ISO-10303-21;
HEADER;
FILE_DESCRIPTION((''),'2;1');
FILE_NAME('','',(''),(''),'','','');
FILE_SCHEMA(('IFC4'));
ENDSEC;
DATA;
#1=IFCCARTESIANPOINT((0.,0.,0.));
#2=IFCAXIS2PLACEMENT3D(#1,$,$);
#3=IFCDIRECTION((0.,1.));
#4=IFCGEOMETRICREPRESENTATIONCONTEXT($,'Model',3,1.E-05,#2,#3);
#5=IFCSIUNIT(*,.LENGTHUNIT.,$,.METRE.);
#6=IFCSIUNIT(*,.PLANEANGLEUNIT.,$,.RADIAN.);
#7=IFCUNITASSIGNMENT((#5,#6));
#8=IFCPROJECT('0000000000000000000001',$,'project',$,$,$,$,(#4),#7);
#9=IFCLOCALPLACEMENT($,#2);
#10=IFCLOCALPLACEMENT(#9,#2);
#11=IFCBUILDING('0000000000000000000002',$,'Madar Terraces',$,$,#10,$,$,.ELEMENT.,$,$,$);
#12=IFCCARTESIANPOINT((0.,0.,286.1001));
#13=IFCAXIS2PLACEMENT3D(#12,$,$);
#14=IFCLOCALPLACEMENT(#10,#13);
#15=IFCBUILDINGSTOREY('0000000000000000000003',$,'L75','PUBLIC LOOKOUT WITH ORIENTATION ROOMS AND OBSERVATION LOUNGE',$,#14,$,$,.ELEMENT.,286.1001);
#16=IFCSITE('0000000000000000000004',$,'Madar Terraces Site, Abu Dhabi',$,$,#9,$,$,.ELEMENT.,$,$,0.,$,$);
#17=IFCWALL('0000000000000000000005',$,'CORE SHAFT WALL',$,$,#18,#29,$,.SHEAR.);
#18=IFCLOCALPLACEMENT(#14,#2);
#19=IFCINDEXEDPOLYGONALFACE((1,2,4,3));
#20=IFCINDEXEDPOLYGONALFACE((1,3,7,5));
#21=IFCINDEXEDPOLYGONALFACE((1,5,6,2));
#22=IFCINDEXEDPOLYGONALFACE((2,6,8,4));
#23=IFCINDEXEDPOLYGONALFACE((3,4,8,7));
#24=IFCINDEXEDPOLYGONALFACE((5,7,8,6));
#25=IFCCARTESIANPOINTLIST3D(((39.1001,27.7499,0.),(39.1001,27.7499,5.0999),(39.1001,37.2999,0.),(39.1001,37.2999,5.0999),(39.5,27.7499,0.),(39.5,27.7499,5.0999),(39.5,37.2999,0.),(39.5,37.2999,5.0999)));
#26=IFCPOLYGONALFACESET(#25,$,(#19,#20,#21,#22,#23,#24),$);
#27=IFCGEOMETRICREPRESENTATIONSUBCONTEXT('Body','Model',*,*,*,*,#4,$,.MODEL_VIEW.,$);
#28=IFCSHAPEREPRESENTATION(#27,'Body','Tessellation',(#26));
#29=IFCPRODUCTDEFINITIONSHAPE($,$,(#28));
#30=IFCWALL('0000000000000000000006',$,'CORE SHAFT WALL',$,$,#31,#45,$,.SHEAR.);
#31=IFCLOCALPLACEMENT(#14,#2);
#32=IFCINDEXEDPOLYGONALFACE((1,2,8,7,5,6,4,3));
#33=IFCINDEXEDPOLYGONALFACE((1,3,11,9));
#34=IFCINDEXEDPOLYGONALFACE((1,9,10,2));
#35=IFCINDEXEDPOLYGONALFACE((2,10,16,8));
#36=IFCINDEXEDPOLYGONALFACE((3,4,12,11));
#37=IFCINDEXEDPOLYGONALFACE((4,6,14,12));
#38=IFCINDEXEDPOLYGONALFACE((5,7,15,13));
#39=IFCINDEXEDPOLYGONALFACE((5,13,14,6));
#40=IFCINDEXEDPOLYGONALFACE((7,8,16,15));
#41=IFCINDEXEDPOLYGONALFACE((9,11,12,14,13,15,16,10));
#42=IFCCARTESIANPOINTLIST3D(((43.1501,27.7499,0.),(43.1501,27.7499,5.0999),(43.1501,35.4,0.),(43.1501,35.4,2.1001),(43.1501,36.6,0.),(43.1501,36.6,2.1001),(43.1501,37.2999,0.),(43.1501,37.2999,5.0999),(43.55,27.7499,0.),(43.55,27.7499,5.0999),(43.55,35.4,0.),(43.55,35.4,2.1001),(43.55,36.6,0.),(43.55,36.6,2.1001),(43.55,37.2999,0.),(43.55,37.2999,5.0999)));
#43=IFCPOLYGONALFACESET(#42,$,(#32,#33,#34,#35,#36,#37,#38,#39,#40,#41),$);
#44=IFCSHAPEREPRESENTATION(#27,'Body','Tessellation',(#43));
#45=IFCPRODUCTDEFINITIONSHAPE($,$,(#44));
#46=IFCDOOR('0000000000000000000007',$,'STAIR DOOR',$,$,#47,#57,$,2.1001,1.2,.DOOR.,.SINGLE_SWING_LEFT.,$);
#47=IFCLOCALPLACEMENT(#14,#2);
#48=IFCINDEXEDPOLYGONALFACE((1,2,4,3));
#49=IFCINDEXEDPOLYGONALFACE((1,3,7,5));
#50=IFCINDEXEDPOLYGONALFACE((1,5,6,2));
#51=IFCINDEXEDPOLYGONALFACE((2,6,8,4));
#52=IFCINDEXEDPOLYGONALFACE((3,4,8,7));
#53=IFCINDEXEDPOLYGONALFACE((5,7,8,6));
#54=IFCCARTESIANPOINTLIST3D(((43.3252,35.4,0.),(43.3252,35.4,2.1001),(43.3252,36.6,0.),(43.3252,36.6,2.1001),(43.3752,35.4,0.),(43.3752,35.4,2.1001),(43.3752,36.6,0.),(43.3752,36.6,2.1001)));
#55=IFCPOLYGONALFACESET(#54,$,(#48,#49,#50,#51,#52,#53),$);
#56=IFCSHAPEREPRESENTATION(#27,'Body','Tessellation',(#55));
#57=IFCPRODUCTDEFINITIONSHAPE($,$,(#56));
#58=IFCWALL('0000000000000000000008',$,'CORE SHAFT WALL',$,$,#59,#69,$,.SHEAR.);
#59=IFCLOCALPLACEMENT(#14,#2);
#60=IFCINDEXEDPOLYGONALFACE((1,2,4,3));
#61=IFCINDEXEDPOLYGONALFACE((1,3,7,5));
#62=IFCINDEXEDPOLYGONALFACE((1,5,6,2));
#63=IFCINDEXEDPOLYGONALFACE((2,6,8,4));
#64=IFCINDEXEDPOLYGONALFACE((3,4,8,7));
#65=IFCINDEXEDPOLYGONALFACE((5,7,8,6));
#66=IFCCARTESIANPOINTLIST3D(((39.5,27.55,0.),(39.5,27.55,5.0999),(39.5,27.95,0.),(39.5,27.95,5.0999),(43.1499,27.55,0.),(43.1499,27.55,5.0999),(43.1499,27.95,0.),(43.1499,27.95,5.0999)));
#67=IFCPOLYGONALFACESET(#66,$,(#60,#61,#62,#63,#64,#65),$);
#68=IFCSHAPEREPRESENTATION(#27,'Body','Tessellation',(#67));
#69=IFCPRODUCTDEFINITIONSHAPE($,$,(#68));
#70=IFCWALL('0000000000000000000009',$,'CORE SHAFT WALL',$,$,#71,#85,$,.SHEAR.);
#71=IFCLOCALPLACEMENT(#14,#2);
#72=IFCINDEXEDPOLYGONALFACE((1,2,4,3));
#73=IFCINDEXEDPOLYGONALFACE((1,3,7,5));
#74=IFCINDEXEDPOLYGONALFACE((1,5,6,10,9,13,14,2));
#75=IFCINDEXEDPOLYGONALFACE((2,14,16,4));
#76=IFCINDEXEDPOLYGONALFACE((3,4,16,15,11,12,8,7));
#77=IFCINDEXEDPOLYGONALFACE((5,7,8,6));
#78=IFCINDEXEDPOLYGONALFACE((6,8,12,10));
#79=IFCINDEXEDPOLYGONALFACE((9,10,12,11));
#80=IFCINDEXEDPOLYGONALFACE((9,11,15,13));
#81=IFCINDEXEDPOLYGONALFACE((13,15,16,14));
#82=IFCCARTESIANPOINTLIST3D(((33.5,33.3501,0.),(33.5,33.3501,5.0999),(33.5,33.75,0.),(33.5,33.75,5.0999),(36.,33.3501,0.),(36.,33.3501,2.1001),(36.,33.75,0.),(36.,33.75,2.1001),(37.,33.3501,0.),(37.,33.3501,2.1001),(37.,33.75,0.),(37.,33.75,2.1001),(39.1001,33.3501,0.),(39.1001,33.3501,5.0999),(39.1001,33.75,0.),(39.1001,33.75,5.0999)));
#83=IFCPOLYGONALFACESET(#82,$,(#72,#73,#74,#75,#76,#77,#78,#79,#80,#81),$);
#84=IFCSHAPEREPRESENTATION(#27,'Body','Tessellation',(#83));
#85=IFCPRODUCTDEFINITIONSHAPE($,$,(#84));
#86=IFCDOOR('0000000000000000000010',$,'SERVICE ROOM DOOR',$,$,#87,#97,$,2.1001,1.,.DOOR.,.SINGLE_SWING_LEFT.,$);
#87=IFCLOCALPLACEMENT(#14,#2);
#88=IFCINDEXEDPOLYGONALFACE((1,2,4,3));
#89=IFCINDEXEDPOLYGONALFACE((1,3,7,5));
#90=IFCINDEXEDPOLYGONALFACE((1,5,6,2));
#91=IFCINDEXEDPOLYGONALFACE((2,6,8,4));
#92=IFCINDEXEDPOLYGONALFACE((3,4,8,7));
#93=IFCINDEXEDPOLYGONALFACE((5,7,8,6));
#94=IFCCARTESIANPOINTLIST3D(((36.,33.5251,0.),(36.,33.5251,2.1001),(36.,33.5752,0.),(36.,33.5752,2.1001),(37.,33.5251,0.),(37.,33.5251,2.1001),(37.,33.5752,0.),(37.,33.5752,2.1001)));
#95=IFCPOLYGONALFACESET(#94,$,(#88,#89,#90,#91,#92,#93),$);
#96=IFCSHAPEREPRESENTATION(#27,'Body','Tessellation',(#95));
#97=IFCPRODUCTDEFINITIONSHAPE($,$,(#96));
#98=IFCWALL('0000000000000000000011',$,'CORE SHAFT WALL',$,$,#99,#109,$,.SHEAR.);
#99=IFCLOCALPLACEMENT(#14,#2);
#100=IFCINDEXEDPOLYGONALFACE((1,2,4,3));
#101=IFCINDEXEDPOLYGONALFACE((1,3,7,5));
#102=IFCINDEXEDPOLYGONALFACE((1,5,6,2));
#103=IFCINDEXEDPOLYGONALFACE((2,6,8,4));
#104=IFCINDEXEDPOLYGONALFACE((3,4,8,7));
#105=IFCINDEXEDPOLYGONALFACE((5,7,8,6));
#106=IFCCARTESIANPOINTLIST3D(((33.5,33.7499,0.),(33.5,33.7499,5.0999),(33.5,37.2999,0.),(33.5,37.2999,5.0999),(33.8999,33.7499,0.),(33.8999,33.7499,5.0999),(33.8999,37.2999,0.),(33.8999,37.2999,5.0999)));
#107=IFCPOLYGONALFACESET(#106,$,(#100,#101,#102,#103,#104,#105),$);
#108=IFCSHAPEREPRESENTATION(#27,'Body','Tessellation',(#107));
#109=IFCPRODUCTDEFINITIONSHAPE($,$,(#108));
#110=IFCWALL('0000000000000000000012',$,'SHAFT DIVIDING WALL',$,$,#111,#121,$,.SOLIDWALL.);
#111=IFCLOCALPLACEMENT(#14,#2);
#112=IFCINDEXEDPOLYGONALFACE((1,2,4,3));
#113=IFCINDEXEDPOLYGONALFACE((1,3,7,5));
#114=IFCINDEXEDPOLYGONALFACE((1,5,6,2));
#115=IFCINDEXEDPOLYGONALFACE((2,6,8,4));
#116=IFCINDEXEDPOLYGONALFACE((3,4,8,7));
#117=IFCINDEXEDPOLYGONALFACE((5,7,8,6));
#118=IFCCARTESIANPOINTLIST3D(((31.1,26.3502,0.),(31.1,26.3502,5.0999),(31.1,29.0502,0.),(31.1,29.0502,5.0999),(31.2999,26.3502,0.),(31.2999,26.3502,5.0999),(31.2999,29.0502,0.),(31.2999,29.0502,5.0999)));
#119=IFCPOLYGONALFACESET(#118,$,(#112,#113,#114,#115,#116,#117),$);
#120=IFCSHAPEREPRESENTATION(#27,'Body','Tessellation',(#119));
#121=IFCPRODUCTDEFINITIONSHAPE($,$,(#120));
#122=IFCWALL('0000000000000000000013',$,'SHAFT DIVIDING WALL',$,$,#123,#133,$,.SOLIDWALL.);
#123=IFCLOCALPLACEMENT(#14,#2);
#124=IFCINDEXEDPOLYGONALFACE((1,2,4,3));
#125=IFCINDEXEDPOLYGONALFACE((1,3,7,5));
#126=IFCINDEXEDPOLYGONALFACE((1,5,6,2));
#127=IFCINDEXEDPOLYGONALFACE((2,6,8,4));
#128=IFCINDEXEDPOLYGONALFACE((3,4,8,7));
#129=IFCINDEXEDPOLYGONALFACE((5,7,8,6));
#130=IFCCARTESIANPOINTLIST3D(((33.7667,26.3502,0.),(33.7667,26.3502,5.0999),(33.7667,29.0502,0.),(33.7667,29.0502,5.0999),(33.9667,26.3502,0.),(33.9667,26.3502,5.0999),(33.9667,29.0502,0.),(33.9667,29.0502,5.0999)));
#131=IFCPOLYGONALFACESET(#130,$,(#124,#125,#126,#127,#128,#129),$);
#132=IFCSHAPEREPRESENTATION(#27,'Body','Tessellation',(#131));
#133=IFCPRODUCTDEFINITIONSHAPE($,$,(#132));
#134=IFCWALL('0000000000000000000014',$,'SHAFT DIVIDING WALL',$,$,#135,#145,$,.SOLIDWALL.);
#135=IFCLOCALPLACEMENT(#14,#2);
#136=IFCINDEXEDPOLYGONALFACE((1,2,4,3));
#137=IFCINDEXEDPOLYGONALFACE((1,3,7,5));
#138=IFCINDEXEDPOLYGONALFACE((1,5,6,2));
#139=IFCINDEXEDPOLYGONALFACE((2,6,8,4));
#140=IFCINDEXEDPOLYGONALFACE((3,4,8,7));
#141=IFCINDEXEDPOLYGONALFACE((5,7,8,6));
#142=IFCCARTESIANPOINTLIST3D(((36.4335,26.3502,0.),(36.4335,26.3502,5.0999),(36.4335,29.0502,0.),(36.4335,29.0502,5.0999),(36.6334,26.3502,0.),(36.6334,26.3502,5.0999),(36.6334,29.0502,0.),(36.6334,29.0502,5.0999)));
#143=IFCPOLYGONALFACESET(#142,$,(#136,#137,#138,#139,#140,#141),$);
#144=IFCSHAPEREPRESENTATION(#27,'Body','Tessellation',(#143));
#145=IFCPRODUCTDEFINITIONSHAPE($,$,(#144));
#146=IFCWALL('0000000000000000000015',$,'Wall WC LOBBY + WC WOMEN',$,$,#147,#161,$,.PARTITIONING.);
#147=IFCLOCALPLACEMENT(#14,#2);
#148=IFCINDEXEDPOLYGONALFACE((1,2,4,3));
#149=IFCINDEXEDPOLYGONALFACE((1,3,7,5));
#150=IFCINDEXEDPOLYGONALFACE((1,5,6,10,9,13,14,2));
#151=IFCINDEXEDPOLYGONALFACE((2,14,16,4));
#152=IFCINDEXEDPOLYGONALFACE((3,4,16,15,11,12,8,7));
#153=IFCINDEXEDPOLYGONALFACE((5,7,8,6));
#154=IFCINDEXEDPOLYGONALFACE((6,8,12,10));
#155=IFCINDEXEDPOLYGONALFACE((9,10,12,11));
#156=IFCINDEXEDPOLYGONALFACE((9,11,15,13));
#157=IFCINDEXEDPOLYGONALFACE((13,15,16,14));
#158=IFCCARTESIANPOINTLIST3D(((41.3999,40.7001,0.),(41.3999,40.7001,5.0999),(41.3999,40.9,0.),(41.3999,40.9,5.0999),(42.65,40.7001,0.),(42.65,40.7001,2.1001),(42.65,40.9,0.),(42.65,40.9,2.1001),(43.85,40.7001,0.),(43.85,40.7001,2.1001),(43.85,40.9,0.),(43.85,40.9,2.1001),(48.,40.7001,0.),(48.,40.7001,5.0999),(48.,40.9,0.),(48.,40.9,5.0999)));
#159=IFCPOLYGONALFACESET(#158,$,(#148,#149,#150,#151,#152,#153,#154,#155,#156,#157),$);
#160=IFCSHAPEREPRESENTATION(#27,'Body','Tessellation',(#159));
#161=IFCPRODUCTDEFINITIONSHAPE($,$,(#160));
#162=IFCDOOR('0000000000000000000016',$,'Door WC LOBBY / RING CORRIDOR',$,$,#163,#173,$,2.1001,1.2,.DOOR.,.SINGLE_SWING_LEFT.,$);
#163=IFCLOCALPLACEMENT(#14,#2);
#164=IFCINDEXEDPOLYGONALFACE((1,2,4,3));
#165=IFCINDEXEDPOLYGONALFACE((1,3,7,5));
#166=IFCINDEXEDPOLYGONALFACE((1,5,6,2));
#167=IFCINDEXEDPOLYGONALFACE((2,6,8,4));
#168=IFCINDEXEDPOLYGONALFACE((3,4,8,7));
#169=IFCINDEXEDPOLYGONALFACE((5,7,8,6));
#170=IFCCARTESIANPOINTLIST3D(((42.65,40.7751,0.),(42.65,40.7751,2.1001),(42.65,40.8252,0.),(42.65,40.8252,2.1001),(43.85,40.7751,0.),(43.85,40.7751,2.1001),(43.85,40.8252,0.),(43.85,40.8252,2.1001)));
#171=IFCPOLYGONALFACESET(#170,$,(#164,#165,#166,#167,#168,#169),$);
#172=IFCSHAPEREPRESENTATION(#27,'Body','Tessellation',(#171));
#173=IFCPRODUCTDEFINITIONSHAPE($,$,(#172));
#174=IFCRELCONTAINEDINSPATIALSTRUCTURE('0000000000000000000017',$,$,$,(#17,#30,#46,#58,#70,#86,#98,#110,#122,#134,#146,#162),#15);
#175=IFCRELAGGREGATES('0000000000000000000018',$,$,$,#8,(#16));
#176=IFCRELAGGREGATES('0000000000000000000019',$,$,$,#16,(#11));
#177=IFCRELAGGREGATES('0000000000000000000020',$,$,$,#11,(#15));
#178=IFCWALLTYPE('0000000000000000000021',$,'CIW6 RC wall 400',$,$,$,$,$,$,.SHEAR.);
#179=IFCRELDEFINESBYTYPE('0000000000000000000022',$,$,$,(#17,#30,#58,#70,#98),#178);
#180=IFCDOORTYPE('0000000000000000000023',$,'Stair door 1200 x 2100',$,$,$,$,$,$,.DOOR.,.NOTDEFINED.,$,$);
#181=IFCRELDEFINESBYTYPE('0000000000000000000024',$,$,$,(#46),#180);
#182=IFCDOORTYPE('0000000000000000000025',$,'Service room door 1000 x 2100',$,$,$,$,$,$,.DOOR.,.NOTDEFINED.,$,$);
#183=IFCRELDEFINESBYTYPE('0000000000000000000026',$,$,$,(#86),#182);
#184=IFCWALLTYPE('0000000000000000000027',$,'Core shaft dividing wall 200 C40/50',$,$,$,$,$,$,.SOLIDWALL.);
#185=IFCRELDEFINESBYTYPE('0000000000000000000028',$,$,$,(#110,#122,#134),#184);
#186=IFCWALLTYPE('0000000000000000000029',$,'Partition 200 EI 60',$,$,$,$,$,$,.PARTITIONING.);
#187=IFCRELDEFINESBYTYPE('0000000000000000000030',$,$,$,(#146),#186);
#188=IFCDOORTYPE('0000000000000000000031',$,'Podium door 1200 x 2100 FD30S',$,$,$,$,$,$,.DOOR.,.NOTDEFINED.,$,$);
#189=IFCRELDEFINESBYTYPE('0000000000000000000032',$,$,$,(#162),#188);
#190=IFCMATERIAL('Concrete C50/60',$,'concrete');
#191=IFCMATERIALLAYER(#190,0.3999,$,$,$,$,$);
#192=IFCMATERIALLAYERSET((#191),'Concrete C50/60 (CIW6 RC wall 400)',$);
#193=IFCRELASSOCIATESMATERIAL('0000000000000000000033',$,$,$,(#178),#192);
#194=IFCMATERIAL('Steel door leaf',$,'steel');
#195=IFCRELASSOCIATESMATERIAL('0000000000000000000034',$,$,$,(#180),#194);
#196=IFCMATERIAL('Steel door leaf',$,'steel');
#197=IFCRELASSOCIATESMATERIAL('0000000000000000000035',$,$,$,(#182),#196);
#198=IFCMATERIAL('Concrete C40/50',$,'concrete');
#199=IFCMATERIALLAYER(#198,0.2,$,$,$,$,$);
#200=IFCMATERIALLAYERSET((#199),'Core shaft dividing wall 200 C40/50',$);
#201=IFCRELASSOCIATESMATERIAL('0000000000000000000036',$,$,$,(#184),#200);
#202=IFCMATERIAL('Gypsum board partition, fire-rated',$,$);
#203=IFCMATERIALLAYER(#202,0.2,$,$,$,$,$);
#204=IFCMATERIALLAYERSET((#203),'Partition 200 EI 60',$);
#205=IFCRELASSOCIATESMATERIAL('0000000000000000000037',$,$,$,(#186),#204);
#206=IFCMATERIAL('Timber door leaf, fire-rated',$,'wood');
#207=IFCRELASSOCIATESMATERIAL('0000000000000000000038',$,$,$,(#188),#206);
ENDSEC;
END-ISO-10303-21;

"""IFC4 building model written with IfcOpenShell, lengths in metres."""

from ifc_helpers import new_model, si_unit, direction, frame, frame_2d, origin, place, context, subcontext, project, spatial, rectangle, extrude, material, layer, layer_set, type_object, element, fill, save


model = new_model("IFC4")

# Units and contexts
model_context = context("Model", 3, precision=1e-05, world=origin(), true_north=direction((0.0, 1.0)))
body_context = subcontext(model_context, "Body", "Model", "MODEL_VIEW")
ifc_project = project(units=[si_unit("LENGTHUNIT", "METRE"), si_unit("PLANEANGLEUNIT", "RADIAN")], contexts=[model_context])

# Site, building, storey
site_placement = place(None, origin())
site = spatial("IfcSite", under=ifc_project, at=site_placement, Name="Madar Terraces Site, Abu Dhabi", CompositionType="ELEMENT", RefElevation=0.0)
building_placement = place(site_placement, origin())
building = spatial("IfcBuilding", under=site, at=building_placement, Name="Madar Terraces", CompositionType="ELEMENT")
storey_placement = place(building_placement, frame((0.0, 0.0, 286.1001)))
storey = spatial("IfcBuildingStorey", under=building, at=storey_placement, Name="L75", Description="PUBLIC LOOKOUT WITH ORIENTATION ROOMS AND OBSERVATION LOUNGE", CompositionType="ELEMENT", Elevation=286.1001)

# Wall
ifc_material_1 = material(Name="Concrete C50/60", Category="concrete")
ifc_layer_1 = layer(ifc_material_1, 0.3999)
ifc_layer_set_1 = layer_set([ifc_layer_1], Name="Concrete C50/60 (CIW6 RC wall 400)")
wall_type_1 = type_object("IfcWallType", Name="CIW6 RC wall 400", PredefinedType="SHEAR", material=ifc_layer_set_1)
wall_1_placement = place(storey_placement, frame((39.3, 27.75, 0.0), z_axis=(0.0, 0.0, 1.0), x_axis=(0.0, 1.0, 0.0)))
element("IfcWall", 1, at=wall_1_placement, inside=storey, type_object=wall_type_1, Name="CORE SHAFT WALL", PredefinedType="SHEAR", context=body_context, shape_type="SweptSolid", body=[
    extrude(rectangle(XDim=9.55, YDim=0.3999, at=frame_2d((4.7749, 0.0))), origin(), (0.0, 0.0, 1.0), 5.0999),
])

# Wall, opening, door
wall_2_placement = place(storey_placement, frame((43.3501, 27.75, 0.0), z_axis=(0.0, 0.0, 1.0), x_axis=(0.0, 1.0, 0.0)))
wall_2 = element("IfcWall", 2, at=wall_2_placement, inside=storey, type_object=wall_type_1, Name="CORE SHAFT WALL", PredefinedType="SHEAR", context=body_context, shape_type="SweptSolid", body=[
    extrude(rectangle(XDim=9.55, YDim=0.3999, at=frame_2d((4.7749, 0.0))), origin(), (0.0, 0.0, 1.0), 5.0999),
])
opening_1_placement = place(wall_2_placement, frame((7.6499, 0.0, 0.0)))
opening_1 = element("IfcOpeningElement", 3, at=opening_1_placement, cuts=wall_2, PredefinedType="OPENING", context=body_context, shape_type="SweptSolid", body=[
    extrude(rectangle(XDim=1.2, YDim=2.1001, at=frame_2d((0.6001, 1.05))), frame((0.0, 0.21, 0.0), z_axis=(0.0, -1.0, 0.0), x_axis=(1.0, 0.0, 0.0)), (0.0, 0.0, 1.0), 0.4199),
])
ifc_material_2 = material(Name="Steel door leaf", Category="steel")
door_type_1 = type_object("IfcDoorType", Name="Stair door 1200 x 2100", OperationType="NOTDEFINED", PredefinedType="DOOR", material=ifc_material_2)
door_1_placement = place(opening_1_placement, origin())
door_1 = element("IfcDoor", 4, at=door_1_placement, inside=storey, type_object=door_type_1, Name="STAIR DOOR", OperationType="SINGLE_SWING_LEFT", OverallHeight=2.1001, OverallWidth=1.2, PredefinedType="DOOR", context=body_context, shape_type="SweptSolid", body=[
    extrude(rectangle(XDim=1.2, YDim=2.1001, at=frame_2d((0.6001, 1.05))), frame((0.0, 0.0249, 0.0), z_axis=(0.0, -1.0, 0.0), x_axis=(1.0, 0.0, 0.0)), (0.0, 0.0, 1.0), 0.05),
])
fill(opening_1, door_1)

# Wall
wall_3_placement = place(storey_placement, frame((39.5, 27.75, 0.0), z_axis=(0.0, 0.0, 1.0), x_axis=(1.0, 0.0, 0.0)))
element("IfcWall", 5, at=wall_3_placement, inside=storey, type_object=wall_type_1, Name="CORE SHAFT WALL", PredefinedType="SHEAR", context=body_context, shape_type="SweptSolid", body=[
    extrude(rectangle(XDim=3.6499, YDim=0.3999, at=frame_2d((1.825, 0.0))), origin(), (0.0, 0.0, 1.0), 5.0999),
])

# Wall, opening, door
wall_4_placement = place(storey_placement, frame((33.5, 33.55, 0.0), z_axis=(0.0, 0.0, 1.0), x_axis=(1.0, 0.0, 0.0)))
wall_4 = element("IfcWall", 6, at=wall_4_placement, inside=storey, type_object=wall_type_1, Name="CORE SHAFT WALL", PredefinedType="SHEAR", context=body_context, shape_type="SweptSolid", body=[
    extrude(rectangle(XDim=5.6001, YDim=0.3999, at=frame_2d((2.8, 0.0))), origin(), (0.0, 0.0, 1.0), 5.0999),
])
opening_2_placement = place(wall_4_placement, frame((2.5, 0.0, 0.0)))
opening_2 = element("IfcOpeningElement", 7, at=opening_2_placement, cuts=wall_4, PredefinedType="OPENING", context=body_context, shape_type="SweptSolid", body=[
    extrude(rectangle(XDim=1.0, YDim=2.1001, at=frame_2d((0.5, 1.05))), frame((0.0, 0.21, 0.0), z_axis=(0.0, -1.0, 0.0), x_axis=(1.0, 0.0, 0.0)), (0.0, 0.0, 1.0), 0.4199),
])
ifc_material_3 = material(Name="Steel door leaf", Category="steel")
door_type_2 = type_object("IfcDoorType", Name="Service room door 1000 x 2100", OperationType="NOTDEFINED", PredefinedType="DOOR", material=ifc_material_3)
door_2_placement = place(opening_2_placement, frame((1.0, 0.0, 0.0), z_axis=(0.0, 0.0, 1.0), x_axis=(-1.0, 0.0, 0.0)))
door_2 = element("IfcDoor", 8, at=door_2_placement, inside=storey, type_object=door_type_2, Name="SERVICE ROOM DOOR", OperationType="SINGLE_SWING_LEFT", OverallHeight=2.1001, OverallWidth=1.0, PredefinedType="DOOR", context=body_context, shape_type="SweptSolid", body=[
    extrude(rectangle(XDim=1.0, YDim=2.1001, at=frame_2d((0.5, 1.05))), frame((0.0, 0.0249, 0.0), z_axis=(0.0, -1.0, 0.0), x_axis=(1.0, 0.0, 0.0)), (0.0, 0.0, 1.0), 0.05),
])
fill(opening_2, door_2)

# Walls
wall_5_placement = place(storey_placement, frame((33.7, 33.75, 0.0), z_axis=(0.0, 0.0, 1.0), x_axis=(0.0, 1.0, 0.0)))
element("IfcWall", 9, at=wall_5_placement, inside=storey, type_object=wall_type_1, Name="CORE SHAFT WALL", PredefinedType="SHEAR", context=body_context, shape_type="SweptSolid", body=[
    extrude(rectangle(XDim=3.55, YDim=0.3999, at=frame_2d((1.7749, 0.0))), origin(), (0.0, 0.0, 1.0), 5.0999),
])
ifc_material_4 = material(Name="Concrete C40/50", Category="concrete")
ifc_layer_2 = layer(ifc_material_4, 0.2)
ifc_layer_set_2 = layer_set([ifc_layer_2], Name="Core shaft dividing wall 200 C40/50")
wall_type_2 = type_object("IfcWallType", Name="Core shaft dividing wall 200 C40/50", PredefinedType="SOLIDWALL", material=ifc_layer_set_2)
for number, where, z_axis, x_axis, name in (
    (10, (31.2, 26.3501, 0.0), (0.0, 0.0, 1.0), (0.0, 1.0, 0.0), "SHAFT DIVIDING WALL"),
    (11, (33.8667, 26.3501, 0.0), (0.0, 0.0, 1.0), (0.0, 1.0, 0.0), "SHAFT DIVIDING WALL"),
    (12, (36.5334, 26.3501, 0.0), (0.0, 0.0, 1.0), (0.0, 1.0, 0.0), "SHAFT DIVIDING WALL"),
):
    element("IfcWall", number, at=place(storey_placement, frame(where, z_axis=z_axis, x_axis=x_axis)), inside=storey, type_object=wall_type_2, Name=name, PredefinedType="SOLIDWALL", context=body_context, shape_type="SweptSolid", body=[
        extrude(rectangle(XDim=2.7, YDim=0.2, at=frame_2d((1.3501, 0.0))), origin(), (0.0, 0.0, 1.0), 5.0999),
    ])

# Wall, opening, door
ifc_material_5 = material(Name="Gypsum board partition, fire-rated")
ifc_layer_3 = layer(ifc_material_5, 0.2)
ifc_layer_set_3 = layer_set([ifc_layer_3], Name="Partition 200 EI 60")
wall_type_3 = type_object("IfcWallType", Name="Partition 200 EI 60", PredefinedType="PARTITIONING", material=ifc_layer_set_3)
wall_6_placement = place(storey_placement, frame((48.0, 40.8, 0.0), z_axis=(0.0, 0.0, 1.0), x_axis=(-1.0, 0.0, 0.0)))
wall_6 = element("IfcWall", 13, at=wall_6_placement, inside=storey, type_object=wall_type_3, Name="Wall WC LOBBY + WC WOMEN", PredefinedType="PARTITIONING", context=body_context, shape_type="SweptSolid", body=[
    extrude(rectangle(XDim=6.6001, YDim=0.2, at=frame_2d((3.3, 0.0))), origin(), (0.0, 0.0, 1.0), 5.0999),
])
opening_3_placement = place(wall_6_placement, frame((4.1499, 0.0, 0.0)))
opening_3 = element("IfcOpeningElement", 14, at=opening_3_placement, cuts=wall_6, PredefinedType="OPENING", context=body_context, shape_type="SweptSolid", body=[
    extrude(rectangle(XDim=1.2, YDim=2.1001, at=frame_2d((0.6001, 1.05))), frame((0.0, 0.1099, 0.0), z_axis=(0.0, -1.0, 0.0), x_axis=(1.0, 0.0, 0.0)), (0.0, 0.0, 1.0), 0.22),
])
ifc_material_6 = material(Name="Timber door leaf, fire-rated", Category="wood")
door_type_3 = type_object("IfcDoorType", Name="Podium door 1200 x 2100 FD30S", OperationType="NOTDEFINED", PredefinedType="DOOR", material=ifc_material_6)
door_3_placement = place(opening_3_placement, origin())
door_3 = element("IfcDoor", 15, at=door_3_placement, inside=storey, type_object=door_type_3, Name="Door WC LOBBY / RING CORRIDOR", OperationType="SINGLE_SWING_LEFT", OverallHeight=2.1001, OverallWidth=1.2, PredefinedType="DOOR", context=body_context, shape_type="SweptSolid", body=[
    extrude(rectangle(XDim=1.2, YDim=2.1001, at=frame_2d((0.6001, 1.05))), frame((0.0, 0.0249, 0.0), z_axis=(0.0, -1.0, 0.0), x_axis=(1.0, 0.0, 0.0)), (0.0, 0.0, 1.0), 0.05),
])
fill(opening_3, door_3)

save(model, "model.ifc")
